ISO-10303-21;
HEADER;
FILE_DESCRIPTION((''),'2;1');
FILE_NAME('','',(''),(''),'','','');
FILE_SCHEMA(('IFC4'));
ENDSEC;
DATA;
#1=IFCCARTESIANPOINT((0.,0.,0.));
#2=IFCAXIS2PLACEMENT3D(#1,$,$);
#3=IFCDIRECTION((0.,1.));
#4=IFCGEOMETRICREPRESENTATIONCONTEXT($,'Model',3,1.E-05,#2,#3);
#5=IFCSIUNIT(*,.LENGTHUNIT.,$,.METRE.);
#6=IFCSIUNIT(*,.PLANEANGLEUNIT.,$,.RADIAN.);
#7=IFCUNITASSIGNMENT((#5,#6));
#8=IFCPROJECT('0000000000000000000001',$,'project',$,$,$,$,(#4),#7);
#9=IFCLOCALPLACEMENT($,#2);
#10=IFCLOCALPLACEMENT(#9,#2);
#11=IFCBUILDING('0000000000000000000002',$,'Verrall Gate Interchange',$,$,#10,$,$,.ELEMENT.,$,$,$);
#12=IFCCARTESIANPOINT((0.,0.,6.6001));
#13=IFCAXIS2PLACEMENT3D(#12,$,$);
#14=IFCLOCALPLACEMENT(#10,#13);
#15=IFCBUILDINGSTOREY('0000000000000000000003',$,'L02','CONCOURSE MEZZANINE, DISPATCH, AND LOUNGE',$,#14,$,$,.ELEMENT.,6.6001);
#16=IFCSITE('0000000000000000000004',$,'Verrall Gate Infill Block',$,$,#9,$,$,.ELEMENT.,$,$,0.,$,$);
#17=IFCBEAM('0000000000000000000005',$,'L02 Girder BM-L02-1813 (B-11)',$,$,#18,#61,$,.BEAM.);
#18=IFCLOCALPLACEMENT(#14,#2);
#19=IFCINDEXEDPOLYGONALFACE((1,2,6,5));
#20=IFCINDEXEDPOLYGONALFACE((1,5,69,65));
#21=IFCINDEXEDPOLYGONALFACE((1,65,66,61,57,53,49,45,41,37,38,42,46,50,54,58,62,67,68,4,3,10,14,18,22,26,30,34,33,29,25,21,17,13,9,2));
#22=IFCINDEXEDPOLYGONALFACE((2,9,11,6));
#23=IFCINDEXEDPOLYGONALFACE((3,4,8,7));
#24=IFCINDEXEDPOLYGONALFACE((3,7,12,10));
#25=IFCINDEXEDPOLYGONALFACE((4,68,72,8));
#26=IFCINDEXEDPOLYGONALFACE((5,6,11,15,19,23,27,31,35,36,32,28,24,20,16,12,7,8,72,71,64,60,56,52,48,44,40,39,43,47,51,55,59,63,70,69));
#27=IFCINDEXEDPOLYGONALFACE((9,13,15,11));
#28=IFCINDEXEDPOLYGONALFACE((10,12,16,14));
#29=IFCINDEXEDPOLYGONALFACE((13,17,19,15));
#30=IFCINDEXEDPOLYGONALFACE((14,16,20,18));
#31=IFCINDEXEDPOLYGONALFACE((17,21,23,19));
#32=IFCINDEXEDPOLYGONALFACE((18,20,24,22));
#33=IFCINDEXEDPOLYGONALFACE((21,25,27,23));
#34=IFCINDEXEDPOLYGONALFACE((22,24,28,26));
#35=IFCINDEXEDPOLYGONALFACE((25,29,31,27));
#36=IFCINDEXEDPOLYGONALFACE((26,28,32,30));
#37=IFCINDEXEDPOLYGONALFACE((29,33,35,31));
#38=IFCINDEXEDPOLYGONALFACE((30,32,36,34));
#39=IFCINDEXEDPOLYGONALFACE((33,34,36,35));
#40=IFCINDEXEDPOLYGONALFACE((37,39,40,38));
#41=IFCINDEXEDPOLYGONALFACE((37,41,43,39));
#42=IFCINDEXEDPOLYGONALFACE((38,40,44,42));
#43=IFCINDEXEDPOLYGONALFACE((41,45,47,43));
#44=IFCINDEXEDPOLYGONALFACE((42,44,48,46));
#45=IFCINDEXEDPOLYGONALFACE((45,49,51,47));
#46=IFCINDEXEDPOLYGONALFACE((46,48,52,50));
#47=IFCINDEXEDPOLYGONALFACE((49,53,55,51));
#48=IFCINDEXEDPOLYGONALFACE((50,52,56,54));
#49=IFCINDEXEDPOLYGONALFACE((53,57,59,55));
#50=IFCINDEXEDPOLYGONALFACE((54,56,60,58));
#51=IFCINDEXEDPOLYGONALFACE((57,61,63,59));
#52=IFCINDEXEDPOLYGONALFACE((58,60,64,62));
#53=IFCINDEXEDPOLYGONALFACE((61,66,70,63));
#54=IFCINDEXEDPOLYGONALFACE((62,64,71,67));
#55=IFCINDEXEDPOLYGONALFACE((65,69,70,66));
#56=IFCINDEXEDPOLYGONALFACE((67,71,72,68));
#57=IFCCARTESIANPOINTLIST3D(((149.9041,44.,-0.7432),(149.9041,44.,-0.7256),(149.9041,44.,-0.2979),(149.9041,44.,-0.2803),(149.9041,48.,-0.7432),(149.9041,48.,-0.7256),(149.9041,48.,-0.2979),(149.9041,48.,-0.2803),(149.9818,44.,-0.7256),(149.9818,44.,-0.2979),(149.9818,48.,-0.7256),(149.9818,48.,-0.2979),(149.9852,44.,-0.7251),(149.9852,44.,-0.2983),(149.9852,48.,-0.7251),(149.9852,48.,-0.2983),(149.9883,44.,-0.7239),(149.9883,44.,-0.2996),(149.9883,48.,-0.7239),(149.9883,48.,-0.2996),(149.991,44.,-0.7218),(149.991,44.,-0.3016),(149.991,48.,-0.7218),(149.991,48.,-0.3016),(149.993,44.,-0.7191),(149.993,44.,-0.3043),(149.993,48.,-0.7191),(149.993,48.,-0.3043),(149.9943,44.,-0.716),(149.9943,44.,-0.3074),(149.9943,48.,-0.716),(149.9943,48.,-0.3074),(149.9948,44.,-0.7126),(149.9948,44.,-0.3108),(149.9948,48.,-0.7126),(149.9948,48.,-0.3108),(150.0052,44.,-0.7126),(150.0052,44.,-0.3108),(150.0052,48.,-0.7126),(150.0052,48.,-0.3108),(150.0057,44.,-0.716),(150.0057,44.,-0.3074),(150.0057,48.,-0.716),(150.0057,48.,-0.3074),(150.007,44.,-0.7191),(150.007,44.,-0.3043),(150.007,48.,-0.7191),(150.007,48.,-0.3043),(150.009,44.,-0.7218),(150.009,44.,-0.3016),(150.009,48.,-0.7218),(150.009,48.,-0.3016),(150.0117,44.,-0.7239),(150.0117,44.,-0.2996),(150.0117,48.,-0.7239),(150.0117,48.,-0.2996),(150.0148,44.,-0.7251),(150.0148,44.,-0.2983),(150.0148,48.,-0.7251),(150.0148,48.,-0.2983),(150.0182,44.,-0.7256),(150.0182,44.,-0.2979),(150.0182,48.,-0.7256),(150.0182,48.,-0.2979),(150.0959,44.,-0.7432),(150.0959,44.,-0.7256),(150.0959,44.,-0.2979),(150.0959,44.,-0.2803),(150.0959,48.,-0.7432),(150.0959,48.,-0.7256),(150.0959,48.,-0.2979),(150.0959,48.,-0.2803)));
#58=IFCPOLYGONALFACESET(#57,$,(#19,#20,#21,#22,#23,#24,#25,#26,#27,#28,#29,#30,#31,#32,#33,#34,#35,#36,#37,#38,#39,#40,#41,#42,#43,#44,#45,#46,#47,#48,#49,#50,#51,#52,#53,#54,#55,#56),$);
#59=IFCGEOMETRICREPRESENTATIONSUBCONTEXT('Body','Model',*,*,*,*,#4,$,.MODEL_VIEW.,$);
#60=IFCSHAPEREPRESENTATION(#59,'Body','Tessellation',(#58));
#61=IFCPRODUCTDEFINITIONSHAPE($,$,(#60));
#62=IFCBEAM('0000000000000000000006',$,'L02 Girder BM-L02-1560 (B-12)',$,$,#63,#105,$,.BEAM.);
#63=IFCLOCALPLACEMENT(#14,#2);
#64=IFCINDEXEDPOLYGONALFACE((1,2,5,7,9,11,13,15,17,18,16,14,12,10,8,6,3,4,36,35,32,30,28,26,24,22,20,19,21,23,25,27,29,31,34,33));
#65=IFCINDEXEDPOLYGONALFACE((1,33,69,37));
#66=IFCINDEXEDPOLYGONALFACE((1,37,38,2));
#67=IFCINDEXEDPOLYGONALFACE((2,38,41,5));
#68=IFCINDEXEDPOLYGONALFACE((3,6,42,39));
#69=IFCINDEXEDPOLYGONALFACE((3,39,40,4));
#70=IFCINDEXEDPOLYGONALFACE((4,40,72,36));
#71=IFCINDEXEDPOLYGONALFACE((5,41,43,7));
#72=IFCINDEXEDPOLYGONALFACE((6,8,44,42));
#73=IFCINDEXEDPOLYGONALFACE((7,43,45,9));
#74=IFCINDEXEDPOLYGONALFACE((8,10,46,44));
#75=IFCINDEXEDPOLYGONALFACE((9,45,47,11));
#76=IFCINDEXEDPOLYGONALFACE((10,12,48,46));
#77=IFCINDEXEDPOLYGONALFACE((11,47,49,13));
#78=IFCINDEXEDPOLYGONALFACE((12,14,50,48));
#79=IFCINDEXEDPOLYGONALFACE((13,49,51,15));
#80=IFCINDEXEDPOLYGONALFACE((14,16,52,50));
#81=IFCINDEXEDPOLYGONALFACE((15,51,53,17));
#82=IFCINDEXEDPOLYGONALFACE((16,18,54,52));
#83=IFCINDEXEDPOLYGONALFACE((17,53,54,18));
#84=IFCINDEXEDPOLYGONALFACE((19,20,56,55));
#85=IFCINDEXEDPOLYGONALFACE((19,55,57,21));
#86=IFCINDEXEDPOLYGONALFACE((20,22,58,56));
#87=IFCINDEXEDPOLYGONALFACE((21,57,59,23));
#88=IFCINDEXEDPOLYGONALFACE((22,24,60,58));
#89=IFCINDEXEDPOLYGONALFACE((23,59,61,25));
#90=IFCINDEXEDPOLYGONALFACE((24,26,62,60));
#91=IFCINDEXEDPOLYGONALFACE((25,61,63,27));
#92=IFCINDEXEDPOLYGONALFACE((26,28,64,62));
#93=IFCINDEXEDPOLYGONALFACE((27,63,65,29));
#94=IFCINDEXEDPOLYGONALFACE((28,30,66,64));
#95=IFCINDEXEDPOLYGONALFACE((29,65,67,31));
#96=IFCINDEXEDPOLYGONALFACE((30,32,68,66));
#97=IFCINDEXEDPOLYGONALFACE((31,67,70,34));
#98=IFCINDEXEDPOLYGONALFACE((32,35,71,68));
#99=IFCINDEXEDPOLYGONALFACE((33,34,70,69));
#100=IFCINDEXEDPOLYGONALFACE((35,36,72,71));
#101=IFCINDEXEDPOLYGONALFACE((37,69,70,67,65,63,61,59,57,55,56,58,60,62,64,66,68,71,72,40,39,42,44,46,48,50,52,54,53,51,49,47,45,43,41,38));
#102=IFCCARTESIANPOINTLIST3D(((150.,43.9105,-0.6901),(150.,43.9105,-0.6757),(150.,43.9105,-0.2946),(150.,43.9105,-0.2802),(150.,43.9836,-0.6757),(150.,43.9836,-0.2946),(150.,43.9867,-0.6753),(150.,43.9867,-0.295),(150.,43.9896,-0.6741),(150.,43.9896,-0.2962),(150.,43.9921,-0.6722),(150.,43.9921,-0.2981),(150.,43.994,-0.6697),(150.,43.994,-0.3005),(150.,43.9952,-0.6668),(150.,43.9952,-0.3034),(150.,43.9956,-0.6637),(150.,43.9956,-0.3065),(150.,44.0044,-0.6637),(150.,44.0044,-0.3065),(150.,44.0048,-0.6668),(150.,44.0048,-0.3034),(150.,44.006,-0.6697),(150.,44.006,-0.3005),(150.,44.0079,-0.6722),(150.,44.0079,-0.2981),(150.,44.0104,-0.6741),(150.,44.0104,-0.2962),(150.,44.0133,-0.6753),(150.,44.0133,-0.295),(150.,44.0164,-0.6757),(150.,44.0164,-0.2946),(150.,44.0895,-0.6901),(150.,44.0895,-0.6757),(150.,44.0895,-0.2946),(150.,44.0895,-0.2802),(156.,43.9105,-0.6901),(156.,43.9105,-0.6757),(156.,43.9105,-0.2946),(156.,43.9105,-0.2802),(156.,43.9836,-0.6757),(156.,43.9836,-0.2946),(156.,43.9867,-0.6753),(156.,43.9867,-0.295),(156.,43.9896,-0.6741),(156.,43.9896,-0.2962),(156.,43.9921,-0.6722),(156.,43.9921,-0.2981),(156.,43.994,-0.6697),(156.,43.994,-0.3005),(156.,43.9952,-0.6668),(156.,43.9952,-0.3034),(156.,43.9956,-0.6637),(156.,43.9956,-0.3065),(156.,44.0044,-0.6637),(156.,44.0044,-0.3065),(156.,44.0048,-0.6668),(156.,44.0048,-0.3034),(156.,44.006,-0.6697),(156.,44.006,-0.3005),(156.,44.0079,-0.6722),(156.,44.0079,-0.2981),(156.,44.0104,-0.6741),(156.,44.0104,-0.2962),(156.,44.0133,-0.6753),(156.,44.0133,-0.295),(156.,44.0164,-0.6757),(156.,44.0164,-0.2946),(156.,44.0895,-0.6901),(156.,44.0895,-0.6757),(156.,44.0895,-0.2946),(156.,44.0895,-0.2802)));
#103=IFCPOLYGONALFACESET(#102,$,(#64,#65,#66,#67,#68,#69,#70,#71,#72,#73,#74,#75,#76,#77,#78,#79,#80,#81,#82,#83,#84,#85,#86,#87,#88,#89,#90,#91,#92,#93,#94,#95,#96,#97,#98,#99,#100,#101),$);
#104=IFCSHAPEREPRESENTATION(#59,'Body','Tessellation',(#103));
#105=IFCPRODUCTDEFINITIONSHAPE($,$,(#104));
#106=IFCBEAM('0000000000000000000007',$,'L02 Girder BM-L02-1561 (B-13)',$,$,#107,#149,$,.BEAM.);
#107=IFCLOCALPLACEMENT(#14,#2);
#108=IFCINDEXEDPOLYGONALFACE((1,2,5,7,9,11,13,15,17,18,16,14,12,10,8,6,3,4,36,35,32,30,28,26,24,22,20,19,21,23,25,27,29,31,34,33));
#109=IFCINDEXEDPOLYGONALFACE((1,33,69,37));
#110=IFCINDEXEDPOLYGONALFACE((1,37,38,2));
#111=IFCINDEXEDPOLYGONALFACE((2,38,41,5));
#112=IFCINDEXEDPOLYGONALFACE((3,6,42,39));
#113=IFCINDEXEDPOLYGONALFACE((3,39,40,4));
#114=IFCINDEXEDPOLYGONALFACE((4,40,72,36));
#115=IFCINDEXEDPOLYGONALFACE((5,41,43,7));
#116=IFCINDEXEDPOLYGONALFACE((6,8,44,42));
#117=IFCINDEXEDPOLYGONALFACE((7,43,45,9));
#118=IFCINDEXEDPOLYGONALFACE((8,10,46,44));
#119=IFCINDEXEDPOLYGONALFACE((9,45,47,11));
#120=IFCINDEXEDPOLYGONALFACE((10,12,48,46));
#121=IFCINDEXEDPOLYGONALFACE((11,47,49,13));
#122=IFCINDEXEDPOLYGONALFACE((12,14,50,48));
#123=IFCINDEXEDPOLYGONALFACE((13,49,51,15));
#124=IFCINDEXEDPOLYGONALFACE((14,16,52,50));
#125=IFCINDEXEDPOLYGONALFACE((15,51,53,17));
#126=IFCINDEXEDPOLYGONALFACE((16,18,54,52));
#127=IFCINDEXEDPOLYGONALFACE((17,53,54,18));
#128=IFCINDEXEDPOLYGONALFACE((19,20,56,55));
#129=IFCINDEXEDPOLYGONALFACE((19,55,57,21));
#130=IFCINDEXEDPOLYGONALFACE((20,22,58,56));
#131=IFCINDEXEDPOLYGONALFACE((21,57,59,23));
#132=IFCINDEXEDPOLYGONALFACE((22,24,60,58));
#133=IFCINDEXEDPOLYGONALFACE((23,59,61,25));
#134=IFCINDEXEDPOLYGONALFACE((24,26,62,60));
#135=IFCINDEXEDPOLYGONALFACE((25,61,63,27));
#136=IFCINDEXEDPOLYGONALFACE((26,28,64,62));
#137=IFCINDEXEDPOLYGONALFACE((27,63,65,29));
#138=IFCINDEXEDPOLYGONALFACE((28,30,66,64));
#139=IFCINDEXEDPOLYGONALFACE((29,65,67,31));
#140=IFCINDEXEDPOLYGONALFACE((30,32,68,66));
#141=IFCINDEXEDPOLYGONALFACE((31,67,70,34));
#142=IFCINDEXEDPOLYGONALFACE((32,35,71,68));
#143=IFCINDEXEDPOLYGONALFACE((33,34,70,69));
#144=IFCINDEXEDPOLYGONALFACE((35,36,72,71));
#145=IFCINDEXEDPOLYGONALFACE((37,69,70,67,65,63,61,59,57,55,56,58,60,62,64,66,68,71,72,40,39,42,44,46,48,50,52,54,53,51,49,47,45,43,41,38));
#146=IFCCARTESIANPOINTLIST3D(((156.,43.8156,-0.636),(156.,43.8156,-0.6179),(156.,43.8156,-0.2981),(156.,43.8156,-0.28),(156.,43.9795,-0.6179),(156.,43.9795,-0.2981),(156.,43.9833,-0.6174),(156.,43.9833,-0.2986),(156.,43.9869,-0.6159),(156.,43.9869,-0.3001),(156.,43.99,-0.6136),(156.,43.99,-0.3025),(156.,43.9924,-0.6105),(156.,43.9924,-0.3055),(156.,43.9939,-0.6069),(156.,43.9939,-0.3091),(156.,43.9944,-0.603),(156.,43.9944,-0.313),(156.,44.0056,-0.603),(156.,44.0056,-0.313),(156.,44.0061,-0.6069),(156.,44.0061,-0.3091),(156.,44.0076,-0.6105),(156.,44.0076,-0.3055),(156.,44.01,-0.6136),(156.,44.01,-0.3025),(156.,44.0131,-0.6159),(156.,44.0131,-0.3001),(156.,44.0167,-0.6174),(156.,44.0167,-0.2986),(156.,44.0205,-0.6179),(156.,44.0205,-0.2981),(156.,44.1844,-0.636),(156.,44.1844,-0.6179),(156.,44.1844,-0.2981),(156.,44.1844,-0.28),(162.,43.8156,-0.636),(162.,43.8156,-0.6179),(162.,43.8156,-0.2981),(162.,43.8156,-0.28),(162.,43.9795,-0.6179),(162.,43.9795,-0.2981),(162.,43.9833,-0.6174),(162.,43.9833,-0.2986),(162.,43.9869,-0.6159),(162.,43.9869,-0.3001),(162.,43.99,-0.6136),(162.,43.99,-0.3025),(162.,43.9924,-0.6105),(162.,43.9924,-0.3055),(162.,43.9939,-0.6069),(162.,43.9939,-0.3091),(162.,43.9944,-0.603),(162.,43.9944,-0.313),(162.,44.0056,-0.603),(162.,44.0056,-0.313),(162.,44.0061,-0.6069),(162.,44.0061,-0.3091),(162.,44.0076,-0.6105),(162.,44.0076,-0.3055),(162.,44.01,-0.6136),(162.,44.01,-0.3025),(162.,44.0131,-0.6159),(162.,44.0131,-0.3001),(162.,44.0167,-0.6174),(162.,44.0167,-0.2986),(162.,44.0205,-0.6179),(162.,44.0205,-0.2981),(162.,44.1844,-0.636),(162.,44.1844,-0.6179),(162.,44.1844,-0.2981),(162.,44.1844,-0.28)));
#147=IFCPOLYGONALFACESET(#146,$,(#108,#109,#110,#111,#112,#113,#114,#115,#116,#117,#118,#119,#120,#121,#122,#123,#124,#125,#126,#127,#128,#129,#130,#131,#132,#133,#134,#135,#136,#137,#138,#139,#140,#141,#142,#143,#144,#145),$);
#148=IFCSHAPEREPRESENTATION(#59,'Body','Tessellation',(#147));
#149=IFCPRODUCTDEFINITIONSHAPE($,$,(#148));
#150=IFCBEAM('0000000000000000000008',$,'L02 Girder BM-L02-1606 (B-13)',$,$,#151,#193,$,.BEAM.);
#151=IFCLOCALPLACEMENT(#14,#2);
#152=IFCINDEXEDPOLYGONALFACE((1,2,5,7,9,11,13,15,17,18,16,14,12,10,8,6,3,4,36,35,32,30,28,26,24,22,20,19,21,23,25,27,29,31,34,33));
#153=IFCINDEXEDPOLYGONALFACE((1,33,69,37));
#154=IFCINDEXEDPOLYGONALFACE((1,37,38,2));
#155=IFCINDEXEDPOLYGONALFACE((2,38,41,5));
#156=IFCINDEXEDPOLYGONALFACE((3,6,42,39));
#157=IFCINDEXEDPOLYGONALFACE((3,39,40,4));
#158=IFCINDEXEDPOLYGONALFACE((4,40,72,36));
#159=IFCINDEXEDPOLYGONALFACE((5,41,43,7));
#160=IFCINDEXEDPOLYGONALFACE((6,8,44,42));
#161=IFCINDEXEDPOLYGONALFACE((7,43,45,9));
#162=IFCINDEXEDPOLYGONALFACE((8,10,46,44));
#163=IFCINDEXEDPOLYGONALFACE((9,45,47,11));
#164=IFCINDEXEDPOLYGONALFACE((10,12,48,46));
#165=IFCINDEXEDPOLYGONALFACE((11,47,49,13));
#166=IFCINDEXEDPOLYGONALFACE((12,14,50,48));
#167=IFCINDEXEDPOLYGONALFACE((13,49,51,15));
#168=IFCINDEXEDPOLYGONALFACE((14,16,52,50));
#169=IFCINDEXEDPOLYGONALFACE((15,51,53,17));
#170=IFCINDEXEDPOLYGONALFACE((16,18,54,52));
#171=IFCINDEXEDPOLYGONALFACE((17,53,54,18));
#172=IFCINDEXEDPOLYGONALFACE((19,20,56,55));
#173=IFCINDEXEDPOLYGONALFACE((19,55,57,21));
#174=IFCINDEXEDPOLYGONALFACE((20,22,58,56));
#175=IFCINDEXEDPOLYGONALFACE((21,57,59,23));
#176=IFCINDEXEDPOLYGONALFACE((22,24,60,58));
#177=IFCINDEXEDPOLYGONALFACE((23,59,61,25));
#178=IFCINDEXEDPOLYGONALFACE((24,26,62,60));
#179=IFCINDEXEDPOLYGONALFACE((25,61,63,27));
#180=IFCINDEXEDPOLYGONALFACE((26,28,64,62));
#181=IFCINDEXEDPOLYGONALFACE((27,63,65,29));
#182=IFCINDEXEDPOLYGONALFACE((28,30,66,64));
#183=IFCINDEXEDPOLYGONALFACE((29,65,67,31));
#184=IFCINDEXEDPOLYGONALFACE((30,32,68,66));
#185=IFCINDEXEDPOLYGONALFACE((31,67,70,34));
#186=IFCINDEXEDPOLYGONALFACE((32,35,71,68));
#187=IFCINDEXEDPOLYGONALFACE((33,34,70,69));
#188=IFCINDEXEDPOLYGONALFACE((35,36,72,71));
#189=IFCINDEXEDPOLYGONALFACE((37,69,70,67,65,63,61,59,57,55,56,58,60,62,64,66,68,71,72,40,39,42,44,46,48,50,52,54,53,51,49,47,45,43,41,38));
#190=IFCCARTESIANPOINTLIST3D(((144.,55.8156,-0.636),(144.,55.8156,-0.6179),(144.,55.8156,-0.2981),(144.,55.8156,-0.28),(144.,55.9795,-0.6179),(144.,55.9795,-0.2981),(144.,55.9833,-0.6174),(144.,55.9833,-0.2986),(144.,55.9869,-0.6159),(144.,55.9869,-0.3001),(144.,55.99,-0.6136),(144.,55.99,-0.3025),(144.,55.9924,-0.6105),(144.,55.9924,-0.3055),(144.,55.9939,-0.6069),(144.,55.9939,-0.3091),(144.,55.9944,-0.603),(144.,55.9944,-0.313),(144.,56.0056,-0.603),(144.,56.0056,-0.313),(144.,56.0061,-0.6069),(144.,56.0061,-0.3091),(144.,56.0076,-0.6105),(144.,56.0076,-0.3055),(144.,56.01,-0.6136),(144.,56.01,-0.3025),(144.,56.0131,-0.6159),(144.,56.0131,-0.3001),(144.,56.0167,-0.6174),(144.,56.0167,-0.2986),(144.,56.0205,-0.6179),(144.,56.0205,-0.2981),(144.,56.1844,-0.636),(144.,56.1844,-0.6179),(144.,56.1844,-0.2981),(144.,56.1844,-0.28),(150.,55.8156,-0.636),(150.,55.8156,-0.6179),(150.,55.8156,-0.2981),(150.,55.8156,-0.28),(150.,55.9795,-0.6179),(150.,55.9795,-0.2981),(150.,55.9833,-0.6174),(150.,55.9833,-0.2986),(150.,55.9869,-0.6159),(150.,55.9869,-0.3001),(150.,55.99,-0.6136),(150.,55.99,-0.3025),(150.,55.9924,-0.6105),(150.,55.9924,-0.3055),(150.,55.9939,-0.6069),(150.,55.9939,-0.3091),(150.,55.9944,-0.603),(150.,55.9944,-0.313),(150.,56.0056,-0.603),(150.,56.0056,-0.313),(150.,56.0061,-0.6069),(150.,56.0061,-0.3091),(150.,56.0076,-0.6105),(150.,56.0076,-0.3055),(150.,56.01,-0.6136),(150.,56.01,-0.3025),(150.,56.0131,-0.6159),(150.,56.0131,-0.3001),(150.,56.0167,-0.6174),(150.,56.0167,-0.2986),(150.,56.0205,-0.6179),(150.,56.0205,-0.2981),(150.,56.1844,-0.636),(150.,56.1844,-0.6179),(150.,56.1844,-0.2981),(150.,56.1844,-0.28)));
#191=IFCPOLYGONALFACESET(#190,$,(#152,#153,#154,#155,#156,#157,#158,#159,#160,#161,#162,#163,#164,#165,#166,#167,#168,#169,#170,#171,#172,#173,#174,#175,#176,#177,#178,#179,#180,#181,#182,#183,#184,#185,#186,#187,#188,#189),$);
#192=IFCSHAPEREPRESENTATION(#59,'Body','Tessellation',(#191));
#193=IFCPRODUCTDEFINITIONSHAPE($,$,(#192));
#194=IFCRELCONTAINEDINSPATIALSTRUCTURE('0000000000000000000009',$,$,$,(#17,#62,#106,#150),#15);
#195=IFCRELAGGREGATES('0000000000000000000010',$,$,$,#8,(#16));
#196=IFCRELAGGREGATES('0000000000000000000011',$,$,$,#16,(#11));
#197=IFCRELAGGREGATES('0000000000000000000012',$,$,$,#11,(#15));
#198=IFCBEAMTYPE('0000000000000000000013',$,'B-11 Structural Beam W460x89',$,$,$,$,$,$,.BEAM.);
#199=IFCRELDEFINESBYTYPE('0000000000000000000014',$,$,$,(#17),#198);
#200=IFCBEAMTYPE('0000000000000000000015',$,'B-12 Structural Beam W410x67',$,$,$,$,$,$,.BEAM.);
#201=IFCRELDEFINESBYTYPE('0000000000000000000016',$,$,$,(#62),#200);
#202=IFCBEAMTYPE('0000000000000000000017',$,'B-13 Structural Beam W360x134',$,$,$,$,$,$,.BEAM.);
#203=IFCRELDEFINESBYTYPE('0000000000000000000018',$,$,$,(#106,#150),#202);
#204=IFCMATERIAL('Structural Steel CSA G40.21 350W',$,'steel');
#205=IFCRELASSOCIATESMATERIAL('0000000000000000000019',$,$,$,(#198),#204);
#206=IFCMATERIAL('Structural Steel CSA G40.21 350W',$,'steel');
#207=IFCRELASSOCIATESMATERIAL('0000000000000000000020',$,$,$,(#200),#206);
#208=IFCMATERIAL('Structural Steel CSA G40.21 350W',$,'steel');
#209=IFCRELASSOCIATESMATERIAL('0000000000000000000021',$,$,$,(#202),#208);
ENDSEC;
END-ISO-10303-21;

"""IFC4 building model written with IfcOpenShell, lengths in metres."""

from ifc_helpers import new_model, si_unit, direction, frame, origin, origin_2d, place, context, subcontext, project, spatial, i_section, extrude, material, material_profile, profile_set, type_object, element, save


model = new_model("IFC4")

# Units and contexts
model_context = context("Model", 3, precision=1e-05, world=origin(), true_north=direction((0.0, 1.0)))
body_context = subcontext(model_context, "Body", "Model", "MODEL_VIEW")
ifc_project = project(units=[si_unit("LENGTHUNIT", "METRE"), si_unit("PLANEANGLEUNIT", "RADIAN")], contexts=[model_context])

# Site, building, storey
site_placement = place(None, origin())
site = spatial("IfcSite", under=ifc_project, at=site_placement, Name="Verrall Gate Infill Block", CompositionType="ELEMENT", RefElevation=0.0)
building_placement = place(site_placement, origin())
building = spatial("IfcBuilding", under=site, at=building_placement, Name="Verrall Gate Interchange", CompositionType="ELEMENT")
storey_placement = place(building_placement, frame((0.0, 0.0, 6.6001)))
storey = spatial("IfcBuildingStorey", under=building, at=storey_placement, Name="L02", Description="CONCOURSE MEZZANINE, DISPATCH, AND LOUNGE", CompositionType="ELEMENT", Elevation=6.6001)

# Beams
ifc_material_1 = material(Name="Structural Steel CSA G40.21 350W", Category="steel")
ifc_material_profile_1 = material_profile(ifc_material_1, i_section(OverallWidth=0.1919, OverallDepth=0.4629, WebThickness=0.0105, FlangeThickness=0.0176, FilletRadius=0.0129, at=origin_2d()), Name="W460x89")
ifc_profile_set_1 = profile_set([ifc_material_profile_1], Name="Structural Steel CSA G40.21 350W")
beam_type_1 = type_object("IfcBeamType", Name="B-11 Structural Beam W460x89", PredefinedType="BEAM", material=ifc_profile_set_1)
beam_1_placement = place(storey_placement, frame((150.0, 44.0, -0.5117), z_axis=(0.0, 1.0, 0.0), x_axis=(-1.0, 0.0, 0.0)))
element("IfcBeam", 1, at=beam_1_placement, inside=storey, type_object=beam_type_1, Name="L02 Girder BM-L02-1813 (B-11)", PredefinedType="BEAM", context=body_context, shape_type="SweptSolid", body=[
    extrude(i_section(OverallWidth=0.1919, OverallDepth=0.4629, WebThickness=0.0105, FlangeThickness=0.0176, FilletRadius=0.0129, at=origin_2d()), origin(), (0.0, 0.0, 1.0), 4.0),
])
ifc_material_2 = material(Name="Structural Steel CSA G40.21 350W", Category="steel")
ifc_material_profile_2 = material_profile(ifc_material_2, i_section(OverallWidth=0.179, OverallDepth=0.4099, WebThickness=0.0088, FlangeThickness=0.0144, FilletRadius=0.012, at=origin_2d()), Name="W410x67")
ifc_profile_set_2 = profile_set([ifc_material_profile_2], Name="Structural Steel CSA G40.21 350W")
beam_type_2 = type_object("IfcBeamType", Name="B-12 Structural Beam W410x67", PredefinedType="BEAM", material=ifc_profile_set_2)
beam_2_placement = place(storey_placement, frame((150.0, 44.0, -0.4851), z_axis=(1.0, 0.0, 0.0), x_axis=(0.0, 1.0, 0.0)))
element("IfcBeam", 2, at=beam_2_placement, inside=storey, type_object=beam_type_2, Name="L02 Girder BM-L02-1560 (B-12)", PredefinedType="BEAM", context=body_context, shape_type="SweptSolid", body=[
    extrude(i_section(OverallWidth=0.179, OverallDepth=0.4099, WebThickness=0.0088, FlangeThickness=0.0144, FilletRadius=0.012, at=origin_2d()), origin(), (0.0, 0.0, 1.0), 6.0),
])
ifc_material_3 = material(Name="Structural Steel CSA G40.21 350W", Category="steel")
ifc_material_profile_3 = material_profile(ifc_material_3, i_section(OverallWidth=0.3689, OverallDepth=0.356, WebThickness=0.0112, FlangeThickness=0.0181, FilletRadius=0.0149, at=origin_2d()), Name="W360x134")
ifc_profile_set_3 = profile_set([ifc_material_profile_3], Name="Structural Steel CSA G40.21 350W")
beam_type_3 = type_object("IfcBeamType", Name="B-13 Structural Beam W360x134", PredefinedType="BEAM", material=ifc_profile_set_3)
for number, where, z_axis, x_axis, name in (
    (3, (156.0, 44.0, -0.458), (1.0, 0.0, 0.0), (0.0, 1.0, 0.0), "L02 Girder BM-L02-1561 (B-13)"),
    (4, (144.0, 56.0, -0.458), (1.0, 0.0, 0.0), (0.0, 1.0, 0.0), "L02 Girder BM-L02-1606 (B-13)"),
):
    element("IfcBeam", number, at=place(storey_placement, frame(where, z_axis=z_axis, x_axis=x_axis)), inside=storey, type_object=beam_type_3, Name=name, PredefinedType="BEAM", context=body_context, shape_type="SweptSolid", body=[
        extrude(i_section(OverallWidth=0.3689, OverallDepth=0.356, WebThickness=0.0112, FlangeThickness=0.0181, FilletRadius=0.0149, at=origin_2d()), origin(), (0.0, 0.0, 1.0), 6.0),
    ])

save(model, "model.ifc")
